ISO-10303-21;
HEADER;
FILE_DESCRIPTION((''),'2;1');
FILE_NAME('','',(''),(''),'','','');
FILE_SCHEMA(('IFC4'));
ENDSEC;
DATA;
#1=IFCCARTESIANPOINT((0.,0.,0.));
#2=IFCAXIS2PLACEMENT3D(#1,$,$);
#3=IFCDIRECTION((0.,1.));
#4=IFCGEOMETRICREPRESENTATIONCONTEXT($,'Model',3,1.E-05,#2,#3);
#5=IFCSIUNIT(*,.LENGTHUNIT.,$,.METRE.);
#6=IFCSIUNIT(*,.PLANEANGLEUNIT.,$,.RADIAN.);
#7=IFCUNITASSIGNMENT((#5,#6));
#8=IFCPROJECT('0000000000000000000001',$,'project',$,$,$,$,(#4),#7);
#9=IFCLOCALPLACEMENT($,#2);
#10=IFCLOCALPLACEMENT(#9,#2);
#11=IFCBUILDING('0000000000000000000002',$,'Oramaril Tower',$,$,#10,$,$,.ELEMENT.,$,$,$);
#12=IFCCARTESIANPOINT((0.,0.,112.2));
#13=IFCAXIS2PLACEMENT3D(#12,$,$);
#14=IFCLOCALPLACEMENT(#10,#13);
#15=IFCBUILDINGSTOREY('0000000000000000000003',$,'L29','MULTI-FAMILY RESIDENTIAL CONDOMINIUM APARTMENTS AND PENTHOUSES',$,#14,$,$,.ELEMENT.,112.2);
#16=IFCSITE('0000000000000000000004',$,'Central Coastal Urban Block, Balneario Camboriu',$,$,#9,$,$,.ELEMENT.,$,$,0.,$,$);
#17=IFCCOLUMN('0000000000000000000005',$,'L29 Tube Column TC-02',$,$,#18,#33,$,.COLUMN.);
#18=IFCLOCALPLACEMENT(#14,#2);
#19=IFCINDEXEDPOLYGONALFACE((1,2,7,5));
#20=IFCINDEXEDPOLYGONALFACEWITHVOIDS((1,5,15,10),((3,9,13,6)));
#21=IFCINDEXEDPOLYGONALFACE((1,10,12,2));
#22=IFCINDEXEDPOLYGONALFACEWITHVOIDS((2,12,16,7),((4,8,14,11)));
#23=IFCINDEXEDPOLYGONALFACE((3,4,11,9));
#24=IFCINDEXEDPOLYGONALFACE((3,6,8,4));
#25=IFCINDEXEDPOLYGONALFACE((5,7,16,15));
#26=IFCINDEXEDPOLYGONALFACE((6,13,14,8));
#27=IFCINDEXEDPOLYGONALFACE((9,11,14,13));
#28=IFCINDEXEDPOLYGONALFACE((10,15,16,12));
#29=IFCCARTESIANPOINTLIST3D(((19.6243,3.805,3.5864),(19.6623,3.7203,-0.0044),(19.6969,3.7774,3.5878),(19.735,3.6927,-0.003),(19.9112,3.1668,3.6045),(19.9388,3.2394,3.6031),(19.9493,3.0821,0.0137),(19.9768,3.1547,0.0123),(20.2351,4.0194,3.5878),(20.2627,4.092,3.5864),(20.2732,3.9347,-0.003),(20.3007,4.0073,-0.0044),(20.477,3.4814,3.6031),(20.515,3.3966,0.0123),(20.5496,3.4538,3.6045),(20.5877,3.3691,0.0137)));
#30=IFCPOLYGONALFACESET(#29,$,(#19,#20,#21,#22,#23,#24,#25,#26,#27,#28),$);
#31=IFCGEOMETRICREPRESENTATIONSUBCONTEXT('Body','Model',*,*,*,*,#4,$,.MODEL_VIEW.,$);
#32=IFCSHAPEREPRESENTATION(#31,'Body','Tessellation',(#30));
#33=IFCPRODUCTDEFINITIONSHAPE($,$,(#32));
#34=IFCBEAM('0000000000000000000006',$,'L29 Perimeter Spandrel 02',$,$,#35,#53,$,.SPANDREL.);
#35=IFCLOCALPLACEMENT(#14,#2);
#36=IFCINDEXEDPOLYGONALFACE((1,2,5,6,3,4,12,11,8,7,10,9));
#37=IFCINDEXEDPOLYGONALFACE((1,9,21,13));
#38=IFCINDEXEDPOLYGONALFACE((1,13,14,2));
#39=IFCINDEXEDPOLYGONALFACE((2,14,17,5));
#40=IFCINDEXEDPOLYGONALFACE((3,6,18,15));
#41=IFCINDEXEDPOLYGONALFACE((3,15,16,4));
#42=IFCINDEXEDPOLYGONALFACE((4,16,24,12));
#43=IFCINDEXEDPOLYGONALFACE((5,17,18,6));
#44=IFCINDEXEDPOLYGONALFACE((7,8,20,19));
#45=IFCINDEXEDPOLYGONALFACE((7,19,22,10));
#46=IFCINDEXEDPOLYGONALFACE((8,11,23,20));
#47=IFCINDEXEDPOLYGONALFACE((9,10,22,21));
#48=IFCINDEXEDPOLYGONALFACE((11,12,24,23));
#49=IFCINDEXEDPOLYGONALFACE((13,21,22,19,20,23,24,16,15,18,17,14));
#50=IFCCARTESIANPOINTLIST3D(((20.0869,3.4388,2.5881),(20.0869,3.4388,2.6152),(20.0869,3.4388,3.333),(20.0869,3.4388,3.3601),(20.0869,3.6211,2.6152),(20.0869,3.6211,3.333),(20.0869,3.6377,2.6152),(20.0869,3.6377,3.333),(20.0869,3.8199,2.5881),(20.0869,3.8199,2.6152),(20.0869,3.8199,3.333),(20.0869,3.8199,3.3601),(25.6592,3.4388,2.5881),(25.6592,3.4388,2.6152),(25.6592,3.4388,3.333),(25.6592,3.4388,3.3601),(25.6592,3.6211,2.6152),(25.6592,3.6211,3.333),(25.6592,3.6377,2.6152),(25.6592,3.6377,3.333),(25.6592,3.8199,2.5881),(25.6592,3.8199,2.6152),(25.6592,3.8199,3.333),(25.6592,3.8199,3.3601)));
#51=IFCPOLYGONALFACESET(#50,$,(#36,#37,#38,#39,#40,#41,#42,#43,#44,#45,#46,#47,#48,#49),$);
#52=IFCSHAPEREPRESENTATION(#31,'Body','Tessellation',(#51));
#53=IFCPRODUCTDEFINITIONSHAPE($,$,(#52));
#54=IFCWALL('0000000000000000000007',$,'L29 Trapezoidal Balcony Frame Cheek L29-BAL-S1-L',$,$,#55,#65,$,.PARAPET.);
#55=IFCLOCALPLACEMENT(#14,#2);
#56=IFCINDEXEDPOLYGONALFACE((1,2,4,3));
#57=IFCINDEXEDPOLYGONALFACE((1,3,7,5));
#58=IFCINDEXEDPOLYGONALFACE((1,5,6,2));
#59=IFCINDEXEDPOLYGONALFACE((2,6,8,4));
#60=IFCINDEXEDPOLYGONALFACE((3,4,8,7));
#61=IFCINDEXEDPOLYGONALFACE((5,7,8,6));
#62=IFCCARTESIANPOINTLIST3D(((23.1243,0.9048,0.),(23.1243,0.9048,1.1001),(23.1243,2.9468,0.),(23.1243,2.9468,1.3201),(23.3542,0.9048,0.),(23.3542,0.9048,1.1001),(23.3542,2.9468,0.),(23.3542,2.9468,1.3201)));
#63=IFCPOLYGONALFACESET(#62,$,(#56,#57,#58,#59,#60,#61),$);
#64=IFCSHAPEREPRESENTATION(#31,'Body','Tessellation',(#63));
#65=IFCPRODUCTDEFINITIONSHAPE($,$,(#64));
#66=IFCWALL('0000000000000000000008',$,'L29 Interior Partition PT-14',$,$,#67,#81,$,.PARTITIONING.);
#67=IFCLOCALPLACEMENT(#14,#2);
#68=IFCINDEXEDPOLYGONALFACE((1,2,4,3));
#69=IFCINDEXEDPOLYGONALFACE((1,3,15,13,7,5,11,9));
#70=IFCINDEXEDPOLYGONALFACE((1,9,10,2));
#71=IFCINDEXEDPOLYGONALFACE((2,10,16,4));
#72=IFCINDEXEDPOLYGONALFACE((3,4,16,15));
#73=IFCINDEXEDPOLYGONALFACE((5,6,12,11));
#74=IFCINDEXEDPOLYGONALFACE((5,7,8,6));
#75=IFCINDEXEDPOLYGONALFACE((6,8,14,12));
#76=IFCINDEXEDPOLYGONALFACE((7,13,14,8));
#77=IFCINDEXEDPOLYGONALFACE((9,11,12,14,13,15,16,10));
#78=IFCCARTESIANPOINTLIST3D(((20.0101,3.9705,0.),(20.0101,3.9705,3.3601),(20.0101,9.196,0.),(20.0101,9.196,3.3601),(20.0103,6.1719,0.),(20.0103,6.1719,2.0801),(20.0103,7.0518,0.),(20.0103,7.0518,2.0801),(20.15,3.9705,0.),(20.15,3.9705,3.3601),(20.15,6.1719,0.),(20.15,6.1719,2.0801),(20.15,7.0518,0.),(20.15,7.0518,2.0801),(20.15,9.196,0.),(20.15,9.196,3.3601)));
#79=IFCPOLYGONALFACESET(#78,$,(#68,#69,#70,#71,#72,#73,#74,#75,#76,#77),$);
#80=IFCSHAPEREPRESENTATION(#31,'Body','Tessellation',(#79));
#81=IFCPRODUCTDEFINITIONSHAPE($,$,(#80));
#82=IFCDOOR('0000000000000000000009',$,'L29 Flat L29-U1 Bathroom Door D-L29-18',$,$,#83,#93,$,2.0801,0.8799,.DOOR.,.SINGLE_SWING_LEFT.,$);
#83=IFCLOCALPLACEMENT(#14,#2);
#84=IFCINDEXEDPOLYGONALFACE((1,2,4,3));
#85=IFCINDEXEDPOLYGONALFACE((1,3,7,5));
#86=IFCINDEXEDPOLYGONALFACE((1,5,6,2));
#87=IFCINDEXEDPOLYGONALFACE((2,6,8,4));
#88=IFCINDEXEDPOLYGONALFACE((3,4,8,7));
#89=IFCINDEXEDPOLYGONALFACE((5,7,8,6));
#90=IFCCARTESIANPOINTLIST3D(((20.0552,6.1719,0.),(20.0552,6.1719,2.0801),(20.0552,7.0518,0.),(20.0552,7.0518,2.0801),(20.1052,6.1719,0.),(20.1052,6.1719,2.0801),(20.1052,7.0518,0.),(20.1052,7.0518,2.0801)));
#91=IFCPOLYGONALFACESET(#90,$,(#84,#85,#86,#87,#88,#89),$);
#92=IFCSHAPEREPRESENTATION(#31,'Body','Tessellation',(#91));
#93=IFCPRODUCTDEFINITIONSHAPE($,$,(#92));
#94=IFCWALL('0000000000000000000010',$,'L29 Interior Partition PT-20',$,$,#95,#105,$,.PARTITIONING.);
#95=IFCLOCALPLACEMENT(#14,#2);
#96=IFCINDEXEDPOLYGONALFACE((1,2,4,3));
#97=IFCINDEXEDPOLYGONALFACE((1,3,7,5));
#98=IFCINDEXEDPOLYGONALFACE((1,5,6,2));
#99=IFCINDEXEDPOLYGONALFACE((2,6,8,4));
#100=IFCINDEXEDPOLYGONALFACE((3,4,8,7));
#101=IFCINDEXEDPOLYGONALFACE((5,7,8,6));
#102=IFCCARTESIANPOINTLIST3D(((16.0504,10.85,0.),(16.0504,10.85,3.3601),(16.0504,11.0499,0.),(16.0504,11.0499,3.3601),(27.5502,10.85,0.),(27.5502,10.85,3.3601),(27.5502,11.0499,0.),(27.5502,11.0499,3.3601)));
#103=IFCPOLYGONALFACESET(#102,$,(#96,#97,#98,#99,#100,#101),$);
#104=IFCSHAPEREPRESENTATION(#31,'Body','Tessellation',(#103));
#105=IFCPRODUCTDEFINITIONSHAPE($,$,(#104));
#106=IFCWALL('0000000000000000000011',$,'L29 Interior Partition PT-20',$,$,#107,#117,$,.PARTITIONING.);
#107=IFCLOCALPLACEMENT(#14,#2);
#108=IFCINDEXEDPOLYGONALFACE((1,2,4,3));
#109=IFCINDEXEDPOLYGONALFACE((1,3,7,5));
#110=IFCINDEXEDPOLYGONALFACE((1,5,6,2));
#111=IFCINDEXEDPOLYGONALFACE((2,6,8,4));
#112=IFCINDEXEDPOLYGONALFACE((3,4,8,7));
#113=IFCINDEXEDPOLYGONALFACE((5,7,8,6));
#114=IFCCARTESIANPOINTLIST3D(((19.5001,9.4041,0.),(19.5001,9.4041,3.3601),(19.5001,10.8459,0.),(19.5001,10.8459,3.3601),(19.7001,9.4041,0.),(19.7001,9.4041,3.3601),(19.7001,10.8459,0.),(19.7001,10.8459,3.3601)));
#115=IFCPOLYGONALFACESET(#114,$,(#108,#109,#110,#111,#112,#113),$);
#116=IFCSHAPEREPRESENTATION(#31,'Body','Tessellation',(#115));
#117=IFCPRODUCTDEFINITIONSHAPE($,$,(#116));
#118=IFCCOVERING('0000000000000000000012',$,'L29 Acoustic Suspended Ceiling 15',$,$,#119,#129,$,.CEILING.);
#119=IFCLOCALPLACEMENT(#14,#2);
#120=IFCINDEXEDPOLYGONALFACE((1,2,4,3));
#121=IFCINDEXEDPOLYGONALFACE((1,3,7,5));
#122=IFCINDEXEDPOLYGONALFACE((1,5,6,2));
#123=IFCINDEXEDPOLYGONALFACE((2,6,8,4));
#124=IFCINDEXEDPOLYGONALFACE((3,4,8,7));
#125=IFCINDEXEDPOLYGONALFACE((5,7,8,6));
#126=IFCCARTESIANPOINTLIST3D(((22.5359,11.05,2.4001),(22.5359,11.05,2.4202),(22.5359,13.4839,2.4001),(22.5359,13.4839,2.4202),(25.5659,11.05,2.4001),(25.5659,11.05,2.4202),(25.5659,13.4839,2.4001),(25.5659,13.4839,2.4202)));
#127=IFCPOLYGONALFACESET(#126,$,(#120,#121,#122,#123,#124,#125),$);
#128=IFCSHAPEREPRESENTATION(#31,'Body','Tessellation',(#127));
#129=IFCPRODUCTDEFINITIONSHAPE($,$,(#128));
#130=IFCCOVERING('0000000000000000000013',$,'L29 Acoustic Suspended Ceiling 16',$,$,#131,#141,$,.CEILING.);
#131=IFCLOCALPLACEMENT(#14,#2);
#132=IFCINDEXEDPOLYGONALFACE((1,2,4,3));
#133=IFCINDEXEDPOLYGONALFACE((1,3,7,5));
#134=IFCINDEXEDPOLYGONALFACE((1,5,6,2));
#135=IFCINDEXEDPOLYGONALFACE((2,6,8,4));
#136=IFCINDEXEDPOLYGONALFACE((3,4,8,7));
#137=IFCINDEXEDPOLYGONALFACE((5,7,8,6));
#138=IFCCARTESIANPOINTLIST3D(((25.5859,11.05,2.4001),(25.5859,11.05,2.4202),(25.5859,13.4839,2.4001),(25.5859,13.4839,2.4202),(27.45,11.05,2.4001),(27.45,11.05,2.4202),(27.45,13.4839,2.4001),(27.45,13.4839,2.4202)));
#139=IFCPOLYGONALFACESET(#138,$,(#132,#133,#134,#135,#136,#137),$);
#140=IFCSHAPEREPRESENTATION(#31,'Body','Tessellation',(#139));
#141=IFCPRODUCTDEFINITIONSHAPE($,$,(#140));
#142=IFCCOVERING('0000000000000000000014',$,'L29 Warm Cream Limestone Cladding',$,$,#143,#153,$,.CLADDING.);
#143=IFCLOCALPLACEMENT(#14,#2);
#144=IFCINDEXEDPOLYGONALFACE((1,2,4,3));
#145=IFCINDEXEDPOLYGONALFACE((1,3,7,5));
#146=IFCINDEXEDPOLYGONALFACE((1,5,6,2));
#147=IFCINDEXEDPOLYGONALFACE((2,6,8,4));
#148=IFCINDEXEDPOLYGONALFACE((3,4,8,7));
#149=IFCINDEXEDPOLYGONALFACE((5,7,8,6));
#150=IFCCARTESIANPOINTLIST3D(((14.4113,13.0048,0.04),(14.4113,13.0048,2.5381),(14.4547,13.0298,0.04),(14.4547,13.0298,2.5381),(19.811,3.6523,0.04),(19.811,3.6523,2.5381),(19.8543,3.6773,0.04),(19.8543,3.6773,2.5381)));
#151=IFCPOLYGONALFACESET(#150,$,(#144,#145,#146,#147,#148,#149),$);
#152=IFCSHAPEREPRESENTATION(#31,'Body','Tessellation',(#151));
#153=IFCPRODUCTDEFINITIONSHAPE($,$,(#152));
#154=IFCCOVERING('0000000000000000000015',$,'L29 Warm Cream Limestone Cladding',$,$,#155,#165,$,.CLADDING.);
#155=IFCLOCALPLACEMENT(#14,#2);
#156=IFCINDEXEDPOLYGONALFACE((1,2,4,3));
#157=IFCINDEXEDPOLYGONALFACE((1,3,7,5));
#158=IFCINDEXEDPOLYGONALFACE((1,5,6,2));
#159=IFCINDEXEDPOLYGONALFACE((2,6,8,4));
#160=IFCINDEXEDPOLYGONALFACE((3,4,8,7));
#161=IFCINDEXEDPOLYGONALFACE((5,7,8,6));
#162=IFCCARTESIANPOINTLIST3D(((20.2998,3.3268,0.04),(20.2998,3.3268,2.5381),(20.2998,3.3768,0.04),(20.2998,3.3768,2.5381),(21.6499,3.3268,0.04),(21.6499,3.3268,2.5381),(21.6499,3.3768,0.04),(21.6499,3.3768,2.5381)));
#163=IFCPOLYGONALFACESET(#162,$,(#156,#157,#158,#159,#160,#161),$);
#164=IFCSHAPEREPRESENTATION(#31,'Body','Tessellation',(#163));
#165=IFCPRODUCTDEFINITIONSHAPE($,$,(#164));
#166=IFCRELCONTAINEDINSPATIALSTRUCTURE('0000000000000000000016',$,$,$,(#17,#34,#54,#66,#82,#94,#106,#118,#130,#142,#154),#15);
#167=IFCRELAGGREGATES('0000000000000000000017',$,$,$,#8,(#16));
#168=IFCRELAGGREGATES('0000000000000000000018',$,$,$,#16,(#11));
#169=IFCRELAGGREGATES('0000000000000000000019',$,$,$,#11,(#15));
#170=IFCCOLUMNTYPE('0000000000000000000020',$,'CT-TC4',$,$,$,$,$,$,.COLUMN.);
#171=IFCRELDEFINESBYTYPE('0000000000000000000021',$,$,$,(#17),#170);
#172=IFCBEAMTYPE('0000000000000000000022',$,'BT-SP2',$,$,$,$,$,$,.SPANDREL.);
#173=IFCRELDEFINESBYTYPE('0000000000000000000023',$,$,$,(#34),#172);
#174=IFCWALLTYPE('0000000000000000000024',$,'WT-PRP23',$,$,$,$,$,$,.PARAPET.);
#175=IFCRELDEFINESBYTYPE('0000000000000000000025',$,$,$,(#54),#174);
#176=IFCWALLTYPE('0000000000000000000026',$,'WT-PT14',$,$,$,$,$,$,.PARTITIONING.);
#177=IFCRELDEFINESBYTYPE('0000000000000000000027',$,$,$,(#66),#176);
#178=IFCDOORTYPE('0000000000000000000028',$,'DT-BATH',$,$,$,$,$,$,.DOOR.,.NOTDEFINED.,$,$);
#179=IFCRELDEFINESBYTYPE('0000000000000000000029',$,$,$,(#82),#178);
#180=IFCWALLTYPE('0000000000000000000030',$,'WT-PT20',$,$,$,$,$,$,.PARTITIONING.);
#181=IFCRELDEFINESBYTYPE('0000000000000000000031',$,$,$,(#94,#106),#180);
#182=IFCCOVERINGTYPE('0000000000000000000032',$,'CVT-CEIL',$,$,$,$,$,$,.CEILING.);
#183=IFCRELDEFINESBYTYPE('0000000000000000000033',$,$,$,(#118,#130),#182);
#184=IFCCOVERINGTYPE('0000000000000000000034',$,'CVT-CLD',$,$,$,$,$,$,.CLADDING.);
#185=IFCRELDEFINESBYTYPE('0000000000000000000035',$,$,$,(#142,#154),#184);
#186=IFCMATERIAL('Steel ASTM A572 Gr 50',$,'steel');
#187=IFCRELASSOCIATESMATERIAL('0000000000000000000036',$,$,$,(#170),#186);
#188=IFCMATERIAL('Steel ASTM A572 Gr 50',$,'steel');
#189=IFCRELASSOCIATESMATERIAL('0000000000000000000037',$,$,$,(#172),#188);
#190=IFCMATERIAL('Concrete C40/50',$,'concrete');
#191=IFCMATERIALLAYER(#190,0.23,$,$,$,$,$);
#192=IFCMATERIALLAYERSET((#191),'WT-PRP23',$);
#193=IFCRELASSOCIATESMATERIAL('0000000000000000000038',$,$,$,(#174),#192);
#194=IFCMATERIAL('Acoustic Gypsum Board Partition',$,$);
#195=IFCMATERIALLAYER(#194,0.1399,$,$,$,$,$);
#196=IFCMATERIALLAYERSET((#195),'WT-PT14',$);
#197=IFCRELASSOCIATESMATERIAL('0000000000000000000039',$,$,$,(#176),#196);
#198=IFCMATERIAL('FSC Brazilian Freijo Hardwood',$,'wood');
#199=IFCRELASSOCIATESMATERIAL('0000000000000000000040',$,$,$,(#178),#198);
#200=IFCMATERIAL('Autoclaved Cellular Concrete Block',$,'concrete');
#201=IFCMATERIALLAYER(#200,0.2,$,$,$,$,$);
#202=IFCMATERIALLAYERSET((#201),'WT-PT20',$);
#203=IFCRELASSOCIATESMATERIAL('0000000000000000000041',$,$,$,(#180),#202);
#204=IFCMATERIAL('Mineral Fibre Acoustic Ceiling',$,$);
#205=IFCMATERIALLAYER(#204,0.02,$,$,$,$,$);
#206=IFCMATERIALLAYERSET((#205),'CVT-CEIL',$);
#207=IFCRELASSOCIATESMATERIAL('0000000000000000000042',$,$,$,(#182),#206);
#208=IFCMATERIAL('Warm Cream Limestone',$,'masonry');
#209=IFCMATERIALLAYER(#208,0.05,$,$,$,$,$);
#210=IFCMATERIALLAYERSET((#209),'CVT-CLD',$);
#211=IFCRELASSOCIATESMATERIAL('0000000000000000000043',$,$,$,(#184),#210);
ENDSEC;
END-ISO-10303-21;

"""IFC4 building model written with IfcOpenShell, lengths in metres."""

from ifc_helpers import new_model, si_unit, direction, frame, frame_2d, origin, origin_2d, place, context, subcontext, project, spatial, polyline, rectangle, hollow_rectangle, i_section, outline, extrude, material, layer, layer_set, material_profile, profile_set, type_object, element, fill, save


model = new_model("IFC4")

# Units and contexts
model_context = context("Model", 3, precision=1e-05, world=origin(), true_north=direction((0.0, 1.0)))
body_context = subcontext(model_context, "Body", "Model", "MODEL_VIEW")
ifc_project = project(units=[si_unit("LENGTHUNIT", "METRE"), si_unit("PLANEANGLEUNIT", "RADIAN")], contexts=[model_context])

# Site, building, storey
site_placement = place(None, origin())
site = spatial("IfcSite", under=ifc_project, at=site_placement, Name="Central Coastal Urban Block, Balneario Camboriu", CompositionType="ELEMENT", RefElevation=0.0)
building_placement = place(site_placement, origin())
building = spatial("IfcBuilding", under=site, at=building_placement, Name="Oramaril Tower", CompositionType="ELEMENT")
storey_placement = place(building_placement, frame((0.0, 0.0, 112.2)))
storey = spatial("IfcBuildingStorey", under=building, at=storey_placement, Name="L29", Description="MULTI-FAMILY RESIDENTIAL CONDOMINIUM APARTMENTS AND PENTHOUSES", CompositionType="ELEMENT", Elevation=112.2)

# Column
ifc_material_1 = material(Name="Steel ASTM A572 Gr 50", Category="steel")
ifc_material_profile_1 = material_profile(ifc_material_1, hollow_rectangle(XDim=0.7, YDim=0.7, WallThickness=0.0549, at=origin_2d()), Name="BOX700X700X55")
ifc_profile_set_1 = profile_set([ifc_material_profile_1], Name="Steel ASTM A572 Gr 50")
column_type = type_object("IfcColumnType", Name="CT-TC4", PredefinedType="COLUMN", material=ifc_profile_set_1)
column_placement = place(storey_placement, frame((20.125, 3.5447, 0.0046), z_axis=(-0.010603, 0.023585, 0.999666), x_axis=(-0.912069, -0.410037, 0.0)))
element("IfcColumn", 1, at=column_placement, inside=storey, type_object=column_type, Name="L29 Tube Column TC-02", PredefinedType="COLUMN", context=body_context, shape_type="SweptSolid", body=[
    extrude(hollow_rectangle(XDim=0.7, YDim=0.7, WallThickness=0.0549, at=origin_2d()), origin(), (0.0, 0.0, 1.0), 3.592),
])

# Beam
ifc_material_2 = material(Name="Steel ASTM A572 Gr 50", Category="steel")
ifc_material_profile_2 = material_profile(ifc_material_2, i_section(OverallWidth=0.3811, OverallDepth=0.772, WebThickness=0.0166, FlangeThickness=0.0271, at=origin_2d()), Name="W30X173")
ifc_profile_set_2 = profile_set([ifc_material_profile_2], Name="Steel ASTM A572 Gr 50")
beam_type = type_object("IfcBeamType", Name="BT-SP2", PredefinedType="SPANDREL", material=ifc_profile_set_2)
beam_placement = place(storey_placement, frame((20.0869, 3.6294, 2.9741), z_axis=(1.0, 0.0, 0.0), x_axis=(0.0, 1.0, 0.0)))
element("IfcBeam", 2, at=beam_placement, inside=storey, type_object=beam_type, Name="L29 Perimeter Spandrel 02", PredefinedType="SPANDREL", context=body_context, shape_type="SweptSolid", body=[
    extrude(i_section(OverallWidth=0.3811, OverallDepth=0.772, WebThickness=0.0166, FlangeThickness=0.0271, at=origin_2d()), origin(), (0.0, 0.0, 1.0), 5.5723),
])

# Wall
ifc_material_3 = material(Name="Concrete C40/50", Category="concrete")
ifc_layer_1 = layer(ifc_material_3, 0.23)
ifc_layer_set_1 = layer_set([ifc_layer_1], Name="WT-PRP23")
wall_type_1 = type_object("IfcWallType", Name="WT-PRP23", PredefinedType="PARAPET", material=ifc_layer_set_1)
wall_1_placement = place(storey_placement, frame((23.2393, 2.9468, 0.0), z_axis=(0.0, 0.0, 1.0), x_axis=(0.0, -1.0, 0.0)))
element("IfcWall", 3, at=wall_1_placement, inside=storey, type_object=wall_type_1, Name="L29 Trapezoidal Balcony Frame Cheek L29-BAL-S1-L", PredefinedType="PARAPET", context=body_context, shape_type="SweptSolid", body=[
    extrude(outline(polyline([(0.0, 0.0), (2.042, 0.0), (2.042, 1.1001), (0.0, 1.3201), (0.0, 0.0)])), frame((0.0, 0.115, 0.0), z_axis=(0.0, -1.0, 0.0), x_axis=(1.0, 0.0, 0.0)), (0.0, 0.0, 1.0), 0.23),
])

# Wall, opening, door
ifc_material_4 = material(Name="Acoustic Gypsum Board Partition")
ifc_layer_2 = layer(ifc_material_4, 0.1399)
ifc_layer_set_2 = layer_set([ifc_layer_2], Name="WT-PT14")
wall_type_2 = type_object("IfcWallType", Name="WT-PT14", PredefinedType="PARTITIONING", material=ifc_layer_set_2)
wall_2_placement = place(storey_placement, frame((20.0801, 3.9705, 0.0), z_axis=(0.0, 0.0, 1.0), x_axis=(0.0, 1.0, 0.0)))
wall_2 = element("IfcWall", 4, at=wall_2_placement, inside=storey, type_object=wall_type_2, Name="L29 Interior Partition PT-14", PredefinedType="PARTITIONING", context=body_context, shape_type="SweptSolid", body=[
    extrude(rectangle(XDim=5.2256, YDim=0.1399, at=frame_2d((2.6128, 0.0))), origin(), (0.0, 0.0, 1.0), 3.3601),
])
opening_1_placement = place(wall_2_placement, frame((2.2014, 0.0, 0.0)))
opening_1 = element("IfcOpeningElement", 5, at=opening_1_placement, cuts=wall_2, PredefinedType="OPENING", context=body_context, shape_type="SweptSolid", body=[
    extrude(rectangle(XDim=0.8799, YDim=2.0801, at=frame_2d((0.4399, 1.04))), frame((0.0, 0.0698, 0.0), z_axis=(0.0, -1.0, 0.0), x_axis=(1.0, 0.0, 0.0)), (0.0, 0.0, 1.0), 0.1399),
])
ifc_material_5 = material(Name="FSC Brazilian Freijo Hardwood", Category="wood")
door_type_1 = type_object("IfcDoorType", Name="DT-BATH", OperationType="NOTDEFINED", PredefinedType="DOOR", material=ifc_material_5)
door_1_placement = place(opening_1_placement, origin())
door_1 = element("IfcDoor", 6, at=door_1_placement, inside=storey, type_object=door_type_1, Name="L29 Flat L29-U1 Bathroom Door D-L29-18", OperationType="SINGLE_SWING_LEFT", OverallHeight=2.0801, OverallWidth=0.8799, PredefinedType="DOOR", context=body_context, shape_type="SweptSolid", body=[
    extrude(rectangle(XDim=0.8799, YDim=2.0801, at=frame_2d((0.4399, 1.04))), frame((0.0, 0.0249, 0.0), z_axis=(0.0, -1.0, 0.0), x_axis=(1.0, 0.0, 0.0)), (0.0, 0.0, 1.0), 0.05),
])
fill(opening_1, door_1)

# Shared definitions
ifc_material_6 = material(Name="Autoclaved Cellular Concrete Block", Category="concrete")
ifc_layer_3 = layer(ifc_material_6, 0.2)
ifc_layer_set_3 = layer_set([ifc_layer_3], Name="WT-PT20")
wall_type_3 = type_object("IfcWallType", Name="WT-PT20", PredefinedType="PARTITIONING", material=ifc_layer_set_3)

# Walls
wall_3_placement = place(storey_placement, frame((16.0503, 10.95, 0.0), z_axis=(0.0, 0.0, 1.0), x_axis=(1.0, 0.0, 0.0)))
element("IfcWall", 7, at=wall_3_placement, inside=storey, type_object=wall_type_3, Name="L29 Interior Partition PT-20", PredefinedType="PARTITIONING", context=body_context, shape_type="SweptSolid", body=[
    extrude(rectangle(XDim=11.4998, YDim=0.2, at=frame_2d((5.75, 0.0))), origin(), (0.0, 0.0, 1.0), 3.3601),
])
wall_4_placement = place(storey_placement, frame((19.6001, 9.4041, 0.0), z_axis=(0.0, 0.0, 1.0), x_axis=(0.0, 1.0, 0.0)))
element("IfcWall", 8, at=wall_4_placement, inside=storey, type_object=wall_type_3, Name="L29 Interior Partition PT-20", PredefinedType="PARTITIONING", context=body_context, shape_type="SweptSolid", body=[
    extrude(rectangle(XDim=1.4419, YDim=0.2, at=frame_2d((0.7209, 0.0))), origin(), (0.0, 0.0, 1.0), 3.3601),
])

# Coverings
ifc_material_7 = material(Name="Mineral Fibre Acoustic Ceiling")
ifc_layer_4 = layer(ifc_material_7, 0.02)
ifc_layer_set_4 = layer_set([ifc_layer_4], Name="CVT-CEIL")
covering_type_1 = type_object("IfcCoveringType", Name="CVT-CEIL", PredefinedType="CEILING", material=ifc_layer_set_4)
covering_1_placement = place(storey_placement, frame((0.0, 0.0, 2.4001)))
element("IfcCovering", 9, at=covering_1_placement, inside=storey, type_object=covering_type_1, Name="L29 Acoustic Suspended Ceiling 15", PredefinedType="CEILING", context=body_context, shape_type="SweptSolid", body=[
    extrude(outline(polyline([(25.5659, 11.05), (22.5359, 11.05), (22.5359, 13.4839), (25.5659, 13.4839), (25.5659, 11.05)])), origin(), (0.0, 0.0, 1.0), 0.02),
])
covering_2_placement = place(storey_placement, frame((0.0, 0.0, 2.4001)))
element("IfcCovering", 10, at=covering_2_placement, inside=storey, type_object=covering_type_1, Name="L29 Acoustic Suspended Ceiling 16", PredefinedType="CEILING", context=body_context, shape_type="SweptSolid", body=[
    extrude(outline(polyline([(25.5859, 13.4839), (27.45, 13.4839), (27.45, 11.05), (25.5859, 11.05), (25.5859, 13.4839)])), origin(), (0.0, 0.0, 1.0), 0.02),
])
ifc_material_8 = material(Name="Warm Cream Limestone", Category="masonry")
ifc_layer_5 = layer(ifc_material_8, 0.05)
ifc_layer_set_5 = layer_set([ifc_layer_5], Name="CVT-CLD")
covering_type_2 = type_object("IfcCoveringType", Name="CVT-CLD", PredefinedType="CLADDING", material=ifc_layer_set_5)
covering_3_placement = place(storey_placement, frame((17.1328, 8.3411, 0.04), z_axis=(0.0, 0.0, 1.0), x_axis=(0.499998, -0.866026, 0.0)))
element("IfcCovering", 11, at=covering_3_placement, inside=storey, type_object=covering_type_2, Name="L29 Warm Cream Limestone Cladding", PredefinedType="CLADDING", context=body_context, shape_type="SweptSolid", body=[
    extrude(rectangle(XDim=10.7993, YDim=0.05, at=origin_2d()), origin(), (0.0, 0.0, 1.0), 2.498),
])
covering_4_placement = place(storey_placement, frame((20.9749, 3.3518, 0.04), z_axis=(0.0, 0.0, 1.0), x_axis=(1.0, 0.0, 0.0)))
element("IfcCovering", 12, at=covering_4_placement, inside=storey, type_object=covering_type_2, Name="L29 Warm Cream Limestone Cladding", PredefinedType="CLADDING", context=body_context, shape_type="SweptSolid", body=[
    extrude(rectangle(XDim=1.3501, YDim=0.05, at=origin_2d()), origin(), (0.0, 0.0, 1.0), 2.498),
])

save(model, "model.ifc")
